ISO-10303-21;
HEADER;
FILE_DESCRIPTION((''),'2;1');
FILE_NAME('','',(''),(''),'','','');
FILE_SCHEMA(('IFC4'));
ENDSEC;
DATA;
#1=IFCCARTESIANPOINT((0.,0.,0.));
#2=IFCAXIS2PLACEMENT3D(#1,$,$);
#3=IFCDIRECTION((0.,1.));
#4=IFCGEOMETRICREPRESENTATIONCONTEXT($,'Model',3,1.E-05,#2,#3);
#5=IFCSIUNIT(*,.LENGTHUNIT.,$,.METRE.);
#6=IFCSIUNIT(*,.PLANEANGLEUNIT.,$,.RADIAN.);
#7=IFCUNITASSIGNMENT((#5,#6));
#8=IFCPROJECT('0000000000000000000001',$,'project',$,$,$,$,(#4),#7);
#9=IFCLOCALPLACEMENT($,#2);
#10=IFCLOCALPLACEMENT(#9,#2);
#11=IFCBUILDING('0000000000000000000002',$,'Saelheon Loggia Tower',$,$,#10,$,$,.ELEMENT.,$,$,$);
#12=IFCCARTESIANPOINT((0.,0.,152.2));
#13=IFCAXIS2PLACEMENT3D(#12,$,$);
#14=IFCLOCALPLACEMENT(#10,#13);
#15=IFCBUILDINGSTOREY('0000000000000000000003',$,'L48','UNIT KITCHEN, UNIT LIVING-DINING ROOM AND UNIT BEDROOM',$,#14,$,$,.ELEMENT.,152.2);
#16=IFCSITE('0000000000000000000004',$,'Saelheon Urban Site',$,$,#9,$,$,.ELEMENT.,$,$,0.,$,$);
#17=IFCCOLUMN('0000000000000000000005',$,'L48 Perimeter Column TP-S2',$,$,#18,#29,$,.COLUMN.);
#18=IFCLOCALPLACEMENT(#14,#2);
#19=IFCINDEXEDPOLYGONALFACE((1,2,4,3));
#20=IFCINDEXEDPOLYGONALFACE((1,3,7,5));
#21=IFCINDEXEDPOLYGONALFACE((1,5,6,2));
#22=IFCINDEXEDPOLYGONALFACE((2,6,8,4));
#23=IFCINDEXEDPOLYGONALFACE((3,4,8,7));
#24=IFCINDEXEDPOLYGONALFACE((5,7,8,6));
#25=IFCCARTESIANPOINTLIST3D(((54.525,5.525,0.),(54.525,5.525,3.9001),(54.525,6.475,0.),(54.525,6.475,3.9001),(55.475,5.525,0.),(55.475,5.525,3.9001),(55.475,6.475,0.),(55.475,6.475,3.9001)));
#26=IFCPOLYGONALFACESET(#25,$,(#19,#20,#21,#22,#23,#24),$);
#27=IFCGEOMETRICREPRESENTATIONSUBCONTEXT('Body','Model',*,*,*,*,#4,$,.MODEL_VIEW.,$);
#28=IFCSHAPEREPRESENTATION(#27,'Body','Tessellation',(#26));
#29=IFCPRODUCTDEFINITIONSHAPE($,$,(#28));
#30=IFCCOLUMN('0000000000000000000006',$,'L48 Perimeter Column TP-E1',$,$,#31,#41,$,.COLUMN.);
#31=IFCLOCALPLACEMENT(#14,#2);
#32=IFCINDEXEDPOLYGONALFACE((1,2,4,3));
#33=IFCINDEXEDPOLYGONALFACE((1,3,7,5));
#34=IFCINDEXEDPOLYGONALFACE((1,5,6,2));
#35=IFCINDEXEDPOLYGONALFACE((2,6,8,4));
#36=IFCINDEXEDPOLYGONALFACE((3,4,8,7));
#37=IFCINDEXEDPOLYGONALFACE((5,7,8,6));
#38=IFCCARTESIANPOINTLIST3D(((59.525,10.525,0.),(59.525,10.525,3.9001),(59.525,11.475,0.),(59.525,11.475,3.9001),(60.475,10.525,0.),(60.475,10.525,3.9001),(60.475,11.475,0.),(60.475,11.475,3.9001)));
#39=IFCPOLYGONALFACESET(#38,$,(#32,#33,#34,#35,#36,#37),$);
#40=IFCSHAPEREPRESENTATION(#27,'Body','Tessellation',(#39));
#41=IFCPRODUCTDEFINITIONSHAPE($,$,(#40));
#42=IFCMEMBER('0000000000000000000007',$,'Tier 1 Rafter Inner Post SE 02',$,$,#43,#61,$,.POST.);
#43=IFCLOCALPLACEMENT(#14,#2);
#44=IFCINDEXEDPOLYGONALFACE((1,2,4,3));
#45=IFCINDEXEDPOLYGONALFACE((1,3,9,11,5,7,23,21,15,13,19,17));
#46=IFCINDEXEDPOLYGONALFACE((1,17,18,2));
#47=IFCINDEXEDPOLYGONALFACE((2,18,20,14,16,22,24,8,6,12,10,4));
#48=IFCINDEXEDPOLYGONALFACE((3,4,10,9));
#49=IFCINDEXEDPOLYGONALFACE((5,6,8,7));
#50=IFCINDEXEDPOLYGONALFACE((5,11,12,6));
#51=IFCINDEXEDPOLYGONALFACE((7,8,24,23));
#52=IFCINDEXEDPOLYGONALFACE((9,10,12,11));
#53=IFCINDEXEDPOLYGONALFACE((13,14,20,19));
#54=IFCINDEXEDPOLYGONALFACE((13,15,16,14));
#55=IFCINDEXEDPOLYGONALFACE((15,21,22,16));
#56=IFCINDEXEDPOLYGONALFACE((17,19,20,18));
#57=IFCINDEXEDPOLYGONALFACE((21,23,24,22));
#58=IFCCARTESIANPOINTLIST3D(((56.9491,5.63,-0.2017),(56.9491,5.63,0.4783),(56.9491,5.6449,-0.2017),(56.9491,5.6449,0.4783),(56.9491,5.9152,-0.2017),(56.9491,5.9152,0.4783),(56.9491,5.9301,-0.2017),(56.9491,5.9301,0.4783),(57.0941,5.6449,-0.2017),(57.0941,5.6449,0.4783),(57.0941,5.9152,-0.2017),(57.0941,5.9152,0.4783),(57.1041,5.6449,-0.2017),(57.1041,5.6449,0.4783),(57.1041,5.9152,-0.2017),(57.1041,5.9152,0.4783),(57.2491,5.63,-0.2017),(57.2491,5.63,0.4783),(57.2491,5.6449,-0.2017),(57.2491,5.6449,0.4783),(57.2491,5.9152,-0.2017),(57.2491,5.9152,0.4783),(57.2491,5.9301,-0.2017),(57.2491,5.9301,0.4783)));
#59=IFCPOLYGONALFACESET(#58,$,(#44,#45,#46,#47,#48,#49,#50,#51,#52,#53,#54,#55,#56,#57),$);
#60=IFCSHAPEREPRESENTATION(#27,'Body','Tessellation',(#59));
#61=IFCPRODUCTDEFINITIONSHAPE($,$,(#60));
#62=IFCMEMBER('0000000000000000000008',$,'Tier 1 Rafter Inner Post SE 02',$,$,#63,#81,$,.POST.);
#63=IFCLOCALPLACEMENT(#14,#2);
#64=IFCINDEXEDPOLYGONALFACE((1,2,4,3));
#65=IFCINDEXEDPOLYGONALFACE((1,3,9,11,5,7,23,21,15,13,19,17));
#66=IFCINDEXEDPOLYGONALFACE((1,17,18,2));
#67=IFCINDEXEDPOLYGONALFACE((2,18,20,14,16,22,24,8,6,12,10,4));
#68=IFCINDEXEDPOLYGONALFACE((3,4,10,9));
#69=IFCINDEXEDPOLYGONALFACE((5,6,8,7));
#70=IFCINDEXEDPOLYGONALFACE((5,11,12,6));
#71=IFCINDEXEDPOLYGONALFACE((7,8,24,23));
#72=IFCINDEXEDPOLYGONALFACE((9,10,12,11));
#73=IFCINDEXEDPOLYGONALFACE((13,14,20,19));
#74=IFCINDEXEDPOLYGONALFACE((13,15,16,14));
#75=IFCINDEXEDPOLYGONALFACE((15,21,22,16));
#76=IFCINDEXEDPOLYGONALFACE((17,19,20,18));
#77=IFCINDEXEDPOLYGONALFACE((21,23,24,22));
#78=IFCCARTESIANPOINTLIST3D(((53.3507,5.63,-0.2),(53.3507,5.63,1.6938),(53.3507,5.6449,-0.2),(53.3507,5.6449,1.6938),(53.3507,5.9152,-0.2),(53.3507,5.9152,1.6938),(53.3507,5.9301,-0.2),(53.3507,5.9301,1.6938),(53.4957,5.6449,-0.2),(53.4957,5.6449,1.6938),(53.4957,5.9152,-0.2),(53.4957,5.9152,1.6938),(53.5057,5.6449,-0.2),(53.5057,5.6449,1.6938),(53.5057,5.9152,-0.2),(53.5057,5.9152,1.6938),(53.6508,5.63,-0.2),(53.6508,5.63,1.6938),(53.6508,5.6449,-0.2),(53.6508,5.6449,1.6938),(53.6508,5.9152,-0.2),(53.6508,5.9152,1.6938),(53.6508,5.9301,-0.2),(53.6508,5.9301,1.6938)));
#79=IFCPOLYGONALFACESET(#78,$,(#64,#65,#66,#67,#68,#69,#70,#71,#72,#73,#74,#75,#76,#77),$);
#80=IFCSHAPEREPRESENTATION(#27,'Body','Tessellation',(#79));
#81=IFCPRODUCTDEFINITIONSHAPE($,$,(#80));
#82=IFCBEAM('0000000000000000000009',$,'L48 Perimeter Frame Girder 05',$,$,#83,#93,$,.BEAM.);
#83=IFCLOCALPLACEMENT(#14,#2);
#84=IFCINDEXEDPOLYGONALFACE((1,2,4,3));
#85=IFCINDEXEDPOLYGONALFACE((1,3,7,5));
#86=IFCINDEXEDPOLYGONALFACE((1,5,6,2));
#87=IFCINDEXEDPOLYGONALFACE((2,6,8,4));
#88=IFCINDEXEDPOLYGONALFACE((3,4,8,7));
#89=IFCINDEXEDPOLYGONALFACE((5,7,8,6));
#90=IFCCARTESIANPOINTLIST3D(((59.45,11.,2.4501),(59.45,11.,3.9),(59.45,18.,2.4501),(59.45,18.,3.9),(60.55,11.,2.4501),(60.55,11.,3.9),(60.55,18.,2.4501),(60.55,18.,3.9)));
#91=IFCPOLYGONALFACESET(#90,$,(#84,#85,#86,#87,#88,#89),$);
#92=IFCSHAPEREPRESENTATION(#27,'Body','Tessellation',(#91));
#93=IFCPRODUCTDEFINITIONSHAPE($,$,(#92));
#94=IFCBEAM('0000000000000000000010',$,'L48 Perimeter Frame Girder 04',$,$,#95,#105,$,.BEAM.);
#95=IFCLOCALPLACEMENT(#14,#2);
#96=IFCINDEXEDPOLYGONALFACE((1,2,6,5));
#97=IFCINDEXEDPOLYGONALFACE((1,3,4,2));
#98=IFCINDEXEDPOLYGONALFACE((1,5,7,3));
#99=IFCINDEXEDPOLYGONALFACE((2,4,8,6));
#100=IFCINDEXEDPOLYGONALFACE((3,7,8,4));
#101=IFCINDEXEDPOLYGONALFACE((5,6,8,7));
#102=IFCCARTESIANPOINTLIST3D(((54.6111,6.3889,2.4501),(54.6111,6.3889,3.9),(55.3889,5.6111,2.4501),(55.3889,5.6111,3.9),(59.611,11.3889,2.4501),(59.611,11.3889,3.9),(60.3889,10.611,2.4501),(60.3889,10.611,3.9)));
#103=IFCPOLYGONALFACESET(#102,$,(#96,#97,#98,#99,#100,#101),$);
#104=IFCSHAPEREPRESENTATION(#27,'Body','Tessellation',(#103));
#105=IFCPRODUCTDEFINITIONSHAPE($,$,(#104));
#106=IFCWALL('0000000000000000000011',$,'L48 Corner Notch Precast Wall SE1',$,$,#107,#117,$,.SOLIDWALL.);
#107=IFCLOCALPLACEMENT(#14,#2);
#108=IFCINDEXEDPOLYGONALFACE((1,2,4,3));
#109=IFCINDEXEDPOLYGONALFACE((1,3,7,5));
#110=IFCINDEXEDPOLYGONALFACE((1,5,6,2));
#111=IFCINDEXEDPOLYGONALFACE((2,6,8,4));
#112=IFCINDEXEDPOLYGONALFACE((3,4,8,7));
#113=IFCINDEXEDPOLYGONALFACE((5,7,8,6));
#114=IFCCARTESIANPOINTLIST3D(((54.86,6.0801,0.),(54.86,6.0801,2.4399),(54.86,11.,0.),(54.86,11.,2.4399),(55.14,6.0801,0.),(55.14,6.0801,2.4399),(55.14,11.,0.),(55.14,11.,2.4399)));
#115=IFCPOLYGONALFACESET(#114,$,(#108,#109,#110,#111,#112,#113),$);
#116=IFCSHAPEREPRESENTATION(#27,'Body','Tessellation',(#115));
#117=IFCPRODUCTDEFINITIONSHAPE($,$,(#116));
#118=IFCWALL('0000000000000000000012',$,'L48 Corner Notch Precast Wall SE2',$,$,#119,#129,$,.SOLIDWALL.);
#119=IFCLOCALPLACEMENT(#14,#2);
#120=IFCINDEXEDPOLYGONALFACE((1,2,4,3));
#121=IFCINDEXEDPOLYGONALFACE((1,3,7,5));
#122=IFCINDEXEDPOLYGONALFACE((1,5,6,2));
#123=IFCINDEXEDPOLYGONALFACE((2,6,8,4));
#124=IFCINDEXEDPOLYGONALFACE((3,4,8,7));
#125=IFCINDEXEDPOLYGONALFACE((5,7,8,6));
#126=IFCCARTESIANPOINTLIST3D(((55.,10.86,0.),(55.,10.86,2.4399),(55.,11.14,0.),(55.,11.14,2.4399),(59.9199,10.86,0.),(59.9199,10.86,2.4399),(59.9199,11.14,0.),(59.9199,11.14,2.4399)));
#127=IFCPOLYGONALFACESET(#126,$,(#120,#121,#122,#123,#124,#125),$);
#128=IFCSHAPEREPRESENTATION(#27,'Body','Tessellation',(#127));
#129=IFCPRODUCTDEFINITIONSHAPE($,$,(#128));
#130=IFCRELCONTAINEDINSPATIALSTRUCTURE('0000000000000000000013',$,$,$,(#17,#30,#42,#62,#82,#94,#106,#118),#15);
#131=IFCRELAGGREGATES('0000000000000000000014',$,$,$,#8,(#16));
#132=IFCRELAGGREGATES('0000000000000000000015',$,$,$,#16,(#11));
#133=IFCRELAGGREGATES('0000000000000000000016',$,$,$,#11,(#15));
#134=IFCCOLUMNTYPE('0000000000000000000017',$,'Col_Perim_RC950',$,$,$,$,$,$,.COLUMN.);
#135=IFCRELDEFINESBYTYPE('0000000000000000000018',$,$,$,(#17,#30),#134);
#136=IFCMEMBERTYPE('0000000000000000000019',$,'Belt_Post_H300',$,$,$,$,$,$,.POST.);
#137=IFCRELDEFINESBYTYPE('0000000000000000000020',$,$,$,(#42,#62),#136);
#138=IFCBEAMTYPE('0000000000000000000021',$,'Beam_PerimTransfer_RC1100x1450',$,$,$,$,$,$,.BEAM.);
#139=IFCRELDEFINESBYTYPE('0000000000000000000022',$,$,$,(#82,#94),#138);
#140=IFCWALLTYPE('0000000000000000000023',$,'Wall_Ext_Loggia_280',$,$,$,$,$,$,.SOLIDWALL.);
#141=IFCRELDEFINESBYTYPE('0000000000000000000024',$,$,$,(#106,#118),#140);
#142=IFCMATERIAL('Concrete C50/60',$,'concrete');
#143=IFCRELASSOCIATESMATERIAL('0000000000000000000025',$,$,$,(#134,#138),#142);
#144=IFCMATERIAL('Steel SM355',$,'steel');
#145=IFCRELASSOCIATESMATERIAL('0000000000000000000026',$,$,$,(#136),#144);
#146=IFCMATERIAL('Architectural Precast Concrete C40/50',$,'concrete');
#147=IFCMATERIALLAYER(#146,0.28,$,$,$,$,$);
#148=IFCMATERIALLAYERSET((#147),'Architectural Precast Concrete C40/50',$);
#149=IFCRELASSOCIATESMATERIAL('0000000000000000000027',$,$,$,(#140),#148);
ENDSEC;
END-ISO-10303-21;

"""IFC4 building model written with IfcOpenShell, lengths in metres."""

from ifc_helpers import new_model, si_unit, direction, frame, frame_2d, origin, origin_2d, place, context, subcontext, project, spatial, rectangle, i_section, extrude, source, transform, mapped, material, layer, layer_set, material_profile, profile_set, type_object, element, save


model = new_model("IFC4")

# Units and contexts
model_context = context("Model", 3, precision=1e-05, world=origin(), true_north=direction((0.0, 1.0)))
body_context = subcontext(model_context, "Body", "Model", "MODEL_VIEW")
ifc_project = project(units=[si_unit("LENGTHUNIT", "METRE"), si_unit("PLANEANGLEUNIT", "RADIAN")], contexts=[model_context])

# Site, building, storey
site_placement = place(None, origin())
site = spatial("IfcSite", under=ifc_project, at=site_placement, Name="Saelheon Urban Site", CompositionType="ELEMENT", RefElevation=0.0)
building_placement = place(site_placement, origin())
building = spatial("IfcBuilding", under=site, at=building_placement, Name="Saelheon Loggia Tower", CompositionType="ELEMENT")
storey_placement = place(building_placement, frame((0.0, 0.0, 152.2)))
storey = spatial("IfcBuildingStorey", under=building, at=storey_placement, Name="L48", Description="UNIT KITCHEN, UNIT LIVING-DINING ROOM AND UNIT BEDROOM", CompositionType="ELEMENT", Elevation=152.2)

# Columns
ifc_material_1 = material(Name="Concrete C50/60", Category="concrete")
ifc_material_profile_1 = material_profile(ifc_material_1, rectangle(XDim=0.95, YDim=0.95, at=origin_2d()), Name="RC-950x950")
ifc_profile_set_1 = profile_set([ifc_material_profile_1], Name="Concrete C50/60")
column_type = type_object("IfcColumnType", Name="Col_Perim_RC950", PredefinedType="COLUMN", material=ifc_profile_set_1)
shared_shape_1 = source(origin(), body_context, "Body", "SweptSolid", [
    extrude(rectangle(XDim=0.95, YDim=0.95, at=origin_2d()), origin(), (0.0, 0.0, 1.0), 3.9001),
])
for number, where, z_axis, x_axis, name in (
    (1, (55.0, 6.0, 0.0), (0.0, 0.0, 1.0), (1.0, 0.0, 0.0), "L48 Perimeter Column TP-S2"),
    (2, (60.0, 11.0, 0.0), (0.0, 0.0, 1.0), (1.0, 0.0, 0.0), "L48 Perimeter Column TP-E1"),
):
    element("IfcColumn", number, at=place(storey_placement, frame(where, z_axis=z_axis, x_axis=x_axis)), inside=storey, type_object=column_type, Name=name, PredefinedType="COLUMN", context=body_context, shape_type="MappedRepresentation", body=[
        mapped(shared_shape_1, transform((0.0, 0.0, 0.0), scale=1.0)),
    ])

# Members
ifc_material_2 = material(Name="Steel SM355", Category="steel")
ifc_material_profile_2 = material_profile(ifc_material_2, i_section(OverallWidth=0.3, OverallDepth=0.3, WebThickness=0.01, FlangeThickness=0.0149, at=origin_2d()), Name="H-300x300x10x15")
ifc_profile_set_2 = profile_set([ifc_material_profile_2], Name="Steel SM355")
member_type = type_object("IfcMemberType", Name="Belt_Post_H300", PredefinedType="POST", material=ifc_profile_set_2)
shared_shape_2 = source(origin(), body_context, "Body", "SweptSolid", [
    extrude(i_section(OverallWidth=0.3, OverallDepth=0.3, WebThickness=0.01, FlangeThickness=0.0149, at=origin_2d()), origin(), (0.0, 0.0, 1.0), 0.6799),
])
member_1_placement = place(storey_placement, frame((57.0991, 5.78, -0.2017), z_axis=(0.0, 0.0, 1.0), x_axis=(1.0, 0.0, 0.0)))
element("IfcMember", 3, at=member_1_placement, inside=storey, type_object=member_type, Name="Tier 1 Rafter Inner Post SE 02", PredefinedType="POST", context=body_context, shape_type="MappedRepresentation", body=[
    mapped(shared_shape_2, transform((0.0, 0.0, 0.0), scale=1.0)),
])
shared_shape_3 = source(origin(), body_context, "Body", "SweptSolid", [
    extrude(i_section(OverallWidth=0.3, OverallDepth=0.3, WebThickness=0.01, FlangeThickness=0.0149, at=origin_2d()), origin(), (0.0, 0.0, 1.0), 1.8938),
])
member_2_placement = place(storey_placement, frame((53.5007, 5.78, -0.2), z_axis=(0.0, 0.0, 1.0), x_axis=(1.0, 0.0, 0.0)))
element("IfcMember", 4, at=member_2_placement, inside=storey, type_object=member_type, Name="Tier 1 Rafter Inner Post SE 02", PredefinedType="POST", context=body_context, shape_type="MappedRepresentation", body=[
    mapped(shared_shape_3, transform((0.0, 0.0, 0.0), scale=1.0)),
])

# Beams
ifc_material_profile_3 = material_profile(ifc_material_1, rectangle(XDim=1.1001, YDim=1.45, at=origin_2d()), Name="RC-1100x1450")
ifc_profile_set_3 = profile_set([ifc_material_profile_3], Name="Concrete C50/60")
beam_type = type_object("IfcBeamType", Name="Beam_PerimTransfer_RC1100x1450", PredefinedType="BEAM", material=ifc_profile_set_3)
shared_shape_4 = source(origin(), body_context, "Body", "SweptSolid", [
    extrude(rectangle(XDim=1.1001, YDim=1.45, at=origin_2d()), origin(), (0.0, 0.0, 1.0), 7.0),
])
beam_1_placement = place(storey_placement, frame((60.0, 11.0, 3.175), z_axis=(0.0, 1.0, 0.0), x_axis=(-1.0, 0.0, 0.0)))
element("IfcBeam", 5, at=beam_1_placement, inside=storey, type_object=beam_type, Name="L48 Perimeter Frame Girder 05", PredefinedType="BEAM", context=body_context, shape_type="MappedRepresentation", body=[
    mapped(shared_shape_4, transform((0.0, 0.0, 0.0), scale=1.0)),
])
shared_shape_5 = source(origin(), body_context, "Body", "SweptSolid", [
    extrude(rectangle(XDim=1.1001, YDim=1.45, at=origin_2d()), origin(), (0.0, 0.0, 1.0), 7.071),
])
beam_2_placement = place(storey_placement, frame((55.0, 6.0, 3.175), z_axis=(0.707107, 0.707107, 0.0), x_axis=(-0.707107, 0.707107, 0.0)))
element("IfcBeam", 6, at=beam_2_placement, inside=storey, type_object=beam_type, Name="L48 Perimeter Frame Girder 04", PredefinedType="BEAM", context=body_context, shape_type="MappedRepresentation", body=[
    mapped(shared_shape_5, transform((0.0, 0.0, 0.0), scale=1.0)),
])

# Shared definitions
ifc_material_3 = material(Name="Architectural Precast Concrete C40/50", Category="concrete")
ifc_layer = layer(ifc_material_3, 0.28)
ifc_layer_set = layer_set([ifc_layer], Name="Architectural Precast Concrete C40/50")
wall_type = type_object("IfcWallType", Name="Wall_Ext_Loggia_280", PredefinedType="SOLIDWALL", material=ifc_layer_set)

# Walls
for number, where, z_axis, x_axis, name in (
    (7, (55.0, 6.0801, 0.0), (0.0, 0.0, 1.0), (0.0, 1.0, 0.0), "L48 Corner Notch Precast Wall SE1"),
    (8, (55.0, 11.0, 0.0), (0.0, 0.0, 1.0), (1.0, 0.0, 0.0), "L48 Corner Notch Precast Wall SE2"),
):
    element("IfcWall", number, at=place(storey_placement, frame(where, z_axis=z_axis, x_axis=x_axis)), inside=storey, type_object=wall_type, Name=name, PredefinedType="SOLIDWALL", context=body_context, shape_type="SweptSolid", body=[
        extrude(rectangle(XDim=4.9199, YDim=0.28, at=frame_2d((2.46, 0.0))), origin(), (0.0, 0.0, 1.0), 2.4399),
    ])

save(model, "model.ifc")
